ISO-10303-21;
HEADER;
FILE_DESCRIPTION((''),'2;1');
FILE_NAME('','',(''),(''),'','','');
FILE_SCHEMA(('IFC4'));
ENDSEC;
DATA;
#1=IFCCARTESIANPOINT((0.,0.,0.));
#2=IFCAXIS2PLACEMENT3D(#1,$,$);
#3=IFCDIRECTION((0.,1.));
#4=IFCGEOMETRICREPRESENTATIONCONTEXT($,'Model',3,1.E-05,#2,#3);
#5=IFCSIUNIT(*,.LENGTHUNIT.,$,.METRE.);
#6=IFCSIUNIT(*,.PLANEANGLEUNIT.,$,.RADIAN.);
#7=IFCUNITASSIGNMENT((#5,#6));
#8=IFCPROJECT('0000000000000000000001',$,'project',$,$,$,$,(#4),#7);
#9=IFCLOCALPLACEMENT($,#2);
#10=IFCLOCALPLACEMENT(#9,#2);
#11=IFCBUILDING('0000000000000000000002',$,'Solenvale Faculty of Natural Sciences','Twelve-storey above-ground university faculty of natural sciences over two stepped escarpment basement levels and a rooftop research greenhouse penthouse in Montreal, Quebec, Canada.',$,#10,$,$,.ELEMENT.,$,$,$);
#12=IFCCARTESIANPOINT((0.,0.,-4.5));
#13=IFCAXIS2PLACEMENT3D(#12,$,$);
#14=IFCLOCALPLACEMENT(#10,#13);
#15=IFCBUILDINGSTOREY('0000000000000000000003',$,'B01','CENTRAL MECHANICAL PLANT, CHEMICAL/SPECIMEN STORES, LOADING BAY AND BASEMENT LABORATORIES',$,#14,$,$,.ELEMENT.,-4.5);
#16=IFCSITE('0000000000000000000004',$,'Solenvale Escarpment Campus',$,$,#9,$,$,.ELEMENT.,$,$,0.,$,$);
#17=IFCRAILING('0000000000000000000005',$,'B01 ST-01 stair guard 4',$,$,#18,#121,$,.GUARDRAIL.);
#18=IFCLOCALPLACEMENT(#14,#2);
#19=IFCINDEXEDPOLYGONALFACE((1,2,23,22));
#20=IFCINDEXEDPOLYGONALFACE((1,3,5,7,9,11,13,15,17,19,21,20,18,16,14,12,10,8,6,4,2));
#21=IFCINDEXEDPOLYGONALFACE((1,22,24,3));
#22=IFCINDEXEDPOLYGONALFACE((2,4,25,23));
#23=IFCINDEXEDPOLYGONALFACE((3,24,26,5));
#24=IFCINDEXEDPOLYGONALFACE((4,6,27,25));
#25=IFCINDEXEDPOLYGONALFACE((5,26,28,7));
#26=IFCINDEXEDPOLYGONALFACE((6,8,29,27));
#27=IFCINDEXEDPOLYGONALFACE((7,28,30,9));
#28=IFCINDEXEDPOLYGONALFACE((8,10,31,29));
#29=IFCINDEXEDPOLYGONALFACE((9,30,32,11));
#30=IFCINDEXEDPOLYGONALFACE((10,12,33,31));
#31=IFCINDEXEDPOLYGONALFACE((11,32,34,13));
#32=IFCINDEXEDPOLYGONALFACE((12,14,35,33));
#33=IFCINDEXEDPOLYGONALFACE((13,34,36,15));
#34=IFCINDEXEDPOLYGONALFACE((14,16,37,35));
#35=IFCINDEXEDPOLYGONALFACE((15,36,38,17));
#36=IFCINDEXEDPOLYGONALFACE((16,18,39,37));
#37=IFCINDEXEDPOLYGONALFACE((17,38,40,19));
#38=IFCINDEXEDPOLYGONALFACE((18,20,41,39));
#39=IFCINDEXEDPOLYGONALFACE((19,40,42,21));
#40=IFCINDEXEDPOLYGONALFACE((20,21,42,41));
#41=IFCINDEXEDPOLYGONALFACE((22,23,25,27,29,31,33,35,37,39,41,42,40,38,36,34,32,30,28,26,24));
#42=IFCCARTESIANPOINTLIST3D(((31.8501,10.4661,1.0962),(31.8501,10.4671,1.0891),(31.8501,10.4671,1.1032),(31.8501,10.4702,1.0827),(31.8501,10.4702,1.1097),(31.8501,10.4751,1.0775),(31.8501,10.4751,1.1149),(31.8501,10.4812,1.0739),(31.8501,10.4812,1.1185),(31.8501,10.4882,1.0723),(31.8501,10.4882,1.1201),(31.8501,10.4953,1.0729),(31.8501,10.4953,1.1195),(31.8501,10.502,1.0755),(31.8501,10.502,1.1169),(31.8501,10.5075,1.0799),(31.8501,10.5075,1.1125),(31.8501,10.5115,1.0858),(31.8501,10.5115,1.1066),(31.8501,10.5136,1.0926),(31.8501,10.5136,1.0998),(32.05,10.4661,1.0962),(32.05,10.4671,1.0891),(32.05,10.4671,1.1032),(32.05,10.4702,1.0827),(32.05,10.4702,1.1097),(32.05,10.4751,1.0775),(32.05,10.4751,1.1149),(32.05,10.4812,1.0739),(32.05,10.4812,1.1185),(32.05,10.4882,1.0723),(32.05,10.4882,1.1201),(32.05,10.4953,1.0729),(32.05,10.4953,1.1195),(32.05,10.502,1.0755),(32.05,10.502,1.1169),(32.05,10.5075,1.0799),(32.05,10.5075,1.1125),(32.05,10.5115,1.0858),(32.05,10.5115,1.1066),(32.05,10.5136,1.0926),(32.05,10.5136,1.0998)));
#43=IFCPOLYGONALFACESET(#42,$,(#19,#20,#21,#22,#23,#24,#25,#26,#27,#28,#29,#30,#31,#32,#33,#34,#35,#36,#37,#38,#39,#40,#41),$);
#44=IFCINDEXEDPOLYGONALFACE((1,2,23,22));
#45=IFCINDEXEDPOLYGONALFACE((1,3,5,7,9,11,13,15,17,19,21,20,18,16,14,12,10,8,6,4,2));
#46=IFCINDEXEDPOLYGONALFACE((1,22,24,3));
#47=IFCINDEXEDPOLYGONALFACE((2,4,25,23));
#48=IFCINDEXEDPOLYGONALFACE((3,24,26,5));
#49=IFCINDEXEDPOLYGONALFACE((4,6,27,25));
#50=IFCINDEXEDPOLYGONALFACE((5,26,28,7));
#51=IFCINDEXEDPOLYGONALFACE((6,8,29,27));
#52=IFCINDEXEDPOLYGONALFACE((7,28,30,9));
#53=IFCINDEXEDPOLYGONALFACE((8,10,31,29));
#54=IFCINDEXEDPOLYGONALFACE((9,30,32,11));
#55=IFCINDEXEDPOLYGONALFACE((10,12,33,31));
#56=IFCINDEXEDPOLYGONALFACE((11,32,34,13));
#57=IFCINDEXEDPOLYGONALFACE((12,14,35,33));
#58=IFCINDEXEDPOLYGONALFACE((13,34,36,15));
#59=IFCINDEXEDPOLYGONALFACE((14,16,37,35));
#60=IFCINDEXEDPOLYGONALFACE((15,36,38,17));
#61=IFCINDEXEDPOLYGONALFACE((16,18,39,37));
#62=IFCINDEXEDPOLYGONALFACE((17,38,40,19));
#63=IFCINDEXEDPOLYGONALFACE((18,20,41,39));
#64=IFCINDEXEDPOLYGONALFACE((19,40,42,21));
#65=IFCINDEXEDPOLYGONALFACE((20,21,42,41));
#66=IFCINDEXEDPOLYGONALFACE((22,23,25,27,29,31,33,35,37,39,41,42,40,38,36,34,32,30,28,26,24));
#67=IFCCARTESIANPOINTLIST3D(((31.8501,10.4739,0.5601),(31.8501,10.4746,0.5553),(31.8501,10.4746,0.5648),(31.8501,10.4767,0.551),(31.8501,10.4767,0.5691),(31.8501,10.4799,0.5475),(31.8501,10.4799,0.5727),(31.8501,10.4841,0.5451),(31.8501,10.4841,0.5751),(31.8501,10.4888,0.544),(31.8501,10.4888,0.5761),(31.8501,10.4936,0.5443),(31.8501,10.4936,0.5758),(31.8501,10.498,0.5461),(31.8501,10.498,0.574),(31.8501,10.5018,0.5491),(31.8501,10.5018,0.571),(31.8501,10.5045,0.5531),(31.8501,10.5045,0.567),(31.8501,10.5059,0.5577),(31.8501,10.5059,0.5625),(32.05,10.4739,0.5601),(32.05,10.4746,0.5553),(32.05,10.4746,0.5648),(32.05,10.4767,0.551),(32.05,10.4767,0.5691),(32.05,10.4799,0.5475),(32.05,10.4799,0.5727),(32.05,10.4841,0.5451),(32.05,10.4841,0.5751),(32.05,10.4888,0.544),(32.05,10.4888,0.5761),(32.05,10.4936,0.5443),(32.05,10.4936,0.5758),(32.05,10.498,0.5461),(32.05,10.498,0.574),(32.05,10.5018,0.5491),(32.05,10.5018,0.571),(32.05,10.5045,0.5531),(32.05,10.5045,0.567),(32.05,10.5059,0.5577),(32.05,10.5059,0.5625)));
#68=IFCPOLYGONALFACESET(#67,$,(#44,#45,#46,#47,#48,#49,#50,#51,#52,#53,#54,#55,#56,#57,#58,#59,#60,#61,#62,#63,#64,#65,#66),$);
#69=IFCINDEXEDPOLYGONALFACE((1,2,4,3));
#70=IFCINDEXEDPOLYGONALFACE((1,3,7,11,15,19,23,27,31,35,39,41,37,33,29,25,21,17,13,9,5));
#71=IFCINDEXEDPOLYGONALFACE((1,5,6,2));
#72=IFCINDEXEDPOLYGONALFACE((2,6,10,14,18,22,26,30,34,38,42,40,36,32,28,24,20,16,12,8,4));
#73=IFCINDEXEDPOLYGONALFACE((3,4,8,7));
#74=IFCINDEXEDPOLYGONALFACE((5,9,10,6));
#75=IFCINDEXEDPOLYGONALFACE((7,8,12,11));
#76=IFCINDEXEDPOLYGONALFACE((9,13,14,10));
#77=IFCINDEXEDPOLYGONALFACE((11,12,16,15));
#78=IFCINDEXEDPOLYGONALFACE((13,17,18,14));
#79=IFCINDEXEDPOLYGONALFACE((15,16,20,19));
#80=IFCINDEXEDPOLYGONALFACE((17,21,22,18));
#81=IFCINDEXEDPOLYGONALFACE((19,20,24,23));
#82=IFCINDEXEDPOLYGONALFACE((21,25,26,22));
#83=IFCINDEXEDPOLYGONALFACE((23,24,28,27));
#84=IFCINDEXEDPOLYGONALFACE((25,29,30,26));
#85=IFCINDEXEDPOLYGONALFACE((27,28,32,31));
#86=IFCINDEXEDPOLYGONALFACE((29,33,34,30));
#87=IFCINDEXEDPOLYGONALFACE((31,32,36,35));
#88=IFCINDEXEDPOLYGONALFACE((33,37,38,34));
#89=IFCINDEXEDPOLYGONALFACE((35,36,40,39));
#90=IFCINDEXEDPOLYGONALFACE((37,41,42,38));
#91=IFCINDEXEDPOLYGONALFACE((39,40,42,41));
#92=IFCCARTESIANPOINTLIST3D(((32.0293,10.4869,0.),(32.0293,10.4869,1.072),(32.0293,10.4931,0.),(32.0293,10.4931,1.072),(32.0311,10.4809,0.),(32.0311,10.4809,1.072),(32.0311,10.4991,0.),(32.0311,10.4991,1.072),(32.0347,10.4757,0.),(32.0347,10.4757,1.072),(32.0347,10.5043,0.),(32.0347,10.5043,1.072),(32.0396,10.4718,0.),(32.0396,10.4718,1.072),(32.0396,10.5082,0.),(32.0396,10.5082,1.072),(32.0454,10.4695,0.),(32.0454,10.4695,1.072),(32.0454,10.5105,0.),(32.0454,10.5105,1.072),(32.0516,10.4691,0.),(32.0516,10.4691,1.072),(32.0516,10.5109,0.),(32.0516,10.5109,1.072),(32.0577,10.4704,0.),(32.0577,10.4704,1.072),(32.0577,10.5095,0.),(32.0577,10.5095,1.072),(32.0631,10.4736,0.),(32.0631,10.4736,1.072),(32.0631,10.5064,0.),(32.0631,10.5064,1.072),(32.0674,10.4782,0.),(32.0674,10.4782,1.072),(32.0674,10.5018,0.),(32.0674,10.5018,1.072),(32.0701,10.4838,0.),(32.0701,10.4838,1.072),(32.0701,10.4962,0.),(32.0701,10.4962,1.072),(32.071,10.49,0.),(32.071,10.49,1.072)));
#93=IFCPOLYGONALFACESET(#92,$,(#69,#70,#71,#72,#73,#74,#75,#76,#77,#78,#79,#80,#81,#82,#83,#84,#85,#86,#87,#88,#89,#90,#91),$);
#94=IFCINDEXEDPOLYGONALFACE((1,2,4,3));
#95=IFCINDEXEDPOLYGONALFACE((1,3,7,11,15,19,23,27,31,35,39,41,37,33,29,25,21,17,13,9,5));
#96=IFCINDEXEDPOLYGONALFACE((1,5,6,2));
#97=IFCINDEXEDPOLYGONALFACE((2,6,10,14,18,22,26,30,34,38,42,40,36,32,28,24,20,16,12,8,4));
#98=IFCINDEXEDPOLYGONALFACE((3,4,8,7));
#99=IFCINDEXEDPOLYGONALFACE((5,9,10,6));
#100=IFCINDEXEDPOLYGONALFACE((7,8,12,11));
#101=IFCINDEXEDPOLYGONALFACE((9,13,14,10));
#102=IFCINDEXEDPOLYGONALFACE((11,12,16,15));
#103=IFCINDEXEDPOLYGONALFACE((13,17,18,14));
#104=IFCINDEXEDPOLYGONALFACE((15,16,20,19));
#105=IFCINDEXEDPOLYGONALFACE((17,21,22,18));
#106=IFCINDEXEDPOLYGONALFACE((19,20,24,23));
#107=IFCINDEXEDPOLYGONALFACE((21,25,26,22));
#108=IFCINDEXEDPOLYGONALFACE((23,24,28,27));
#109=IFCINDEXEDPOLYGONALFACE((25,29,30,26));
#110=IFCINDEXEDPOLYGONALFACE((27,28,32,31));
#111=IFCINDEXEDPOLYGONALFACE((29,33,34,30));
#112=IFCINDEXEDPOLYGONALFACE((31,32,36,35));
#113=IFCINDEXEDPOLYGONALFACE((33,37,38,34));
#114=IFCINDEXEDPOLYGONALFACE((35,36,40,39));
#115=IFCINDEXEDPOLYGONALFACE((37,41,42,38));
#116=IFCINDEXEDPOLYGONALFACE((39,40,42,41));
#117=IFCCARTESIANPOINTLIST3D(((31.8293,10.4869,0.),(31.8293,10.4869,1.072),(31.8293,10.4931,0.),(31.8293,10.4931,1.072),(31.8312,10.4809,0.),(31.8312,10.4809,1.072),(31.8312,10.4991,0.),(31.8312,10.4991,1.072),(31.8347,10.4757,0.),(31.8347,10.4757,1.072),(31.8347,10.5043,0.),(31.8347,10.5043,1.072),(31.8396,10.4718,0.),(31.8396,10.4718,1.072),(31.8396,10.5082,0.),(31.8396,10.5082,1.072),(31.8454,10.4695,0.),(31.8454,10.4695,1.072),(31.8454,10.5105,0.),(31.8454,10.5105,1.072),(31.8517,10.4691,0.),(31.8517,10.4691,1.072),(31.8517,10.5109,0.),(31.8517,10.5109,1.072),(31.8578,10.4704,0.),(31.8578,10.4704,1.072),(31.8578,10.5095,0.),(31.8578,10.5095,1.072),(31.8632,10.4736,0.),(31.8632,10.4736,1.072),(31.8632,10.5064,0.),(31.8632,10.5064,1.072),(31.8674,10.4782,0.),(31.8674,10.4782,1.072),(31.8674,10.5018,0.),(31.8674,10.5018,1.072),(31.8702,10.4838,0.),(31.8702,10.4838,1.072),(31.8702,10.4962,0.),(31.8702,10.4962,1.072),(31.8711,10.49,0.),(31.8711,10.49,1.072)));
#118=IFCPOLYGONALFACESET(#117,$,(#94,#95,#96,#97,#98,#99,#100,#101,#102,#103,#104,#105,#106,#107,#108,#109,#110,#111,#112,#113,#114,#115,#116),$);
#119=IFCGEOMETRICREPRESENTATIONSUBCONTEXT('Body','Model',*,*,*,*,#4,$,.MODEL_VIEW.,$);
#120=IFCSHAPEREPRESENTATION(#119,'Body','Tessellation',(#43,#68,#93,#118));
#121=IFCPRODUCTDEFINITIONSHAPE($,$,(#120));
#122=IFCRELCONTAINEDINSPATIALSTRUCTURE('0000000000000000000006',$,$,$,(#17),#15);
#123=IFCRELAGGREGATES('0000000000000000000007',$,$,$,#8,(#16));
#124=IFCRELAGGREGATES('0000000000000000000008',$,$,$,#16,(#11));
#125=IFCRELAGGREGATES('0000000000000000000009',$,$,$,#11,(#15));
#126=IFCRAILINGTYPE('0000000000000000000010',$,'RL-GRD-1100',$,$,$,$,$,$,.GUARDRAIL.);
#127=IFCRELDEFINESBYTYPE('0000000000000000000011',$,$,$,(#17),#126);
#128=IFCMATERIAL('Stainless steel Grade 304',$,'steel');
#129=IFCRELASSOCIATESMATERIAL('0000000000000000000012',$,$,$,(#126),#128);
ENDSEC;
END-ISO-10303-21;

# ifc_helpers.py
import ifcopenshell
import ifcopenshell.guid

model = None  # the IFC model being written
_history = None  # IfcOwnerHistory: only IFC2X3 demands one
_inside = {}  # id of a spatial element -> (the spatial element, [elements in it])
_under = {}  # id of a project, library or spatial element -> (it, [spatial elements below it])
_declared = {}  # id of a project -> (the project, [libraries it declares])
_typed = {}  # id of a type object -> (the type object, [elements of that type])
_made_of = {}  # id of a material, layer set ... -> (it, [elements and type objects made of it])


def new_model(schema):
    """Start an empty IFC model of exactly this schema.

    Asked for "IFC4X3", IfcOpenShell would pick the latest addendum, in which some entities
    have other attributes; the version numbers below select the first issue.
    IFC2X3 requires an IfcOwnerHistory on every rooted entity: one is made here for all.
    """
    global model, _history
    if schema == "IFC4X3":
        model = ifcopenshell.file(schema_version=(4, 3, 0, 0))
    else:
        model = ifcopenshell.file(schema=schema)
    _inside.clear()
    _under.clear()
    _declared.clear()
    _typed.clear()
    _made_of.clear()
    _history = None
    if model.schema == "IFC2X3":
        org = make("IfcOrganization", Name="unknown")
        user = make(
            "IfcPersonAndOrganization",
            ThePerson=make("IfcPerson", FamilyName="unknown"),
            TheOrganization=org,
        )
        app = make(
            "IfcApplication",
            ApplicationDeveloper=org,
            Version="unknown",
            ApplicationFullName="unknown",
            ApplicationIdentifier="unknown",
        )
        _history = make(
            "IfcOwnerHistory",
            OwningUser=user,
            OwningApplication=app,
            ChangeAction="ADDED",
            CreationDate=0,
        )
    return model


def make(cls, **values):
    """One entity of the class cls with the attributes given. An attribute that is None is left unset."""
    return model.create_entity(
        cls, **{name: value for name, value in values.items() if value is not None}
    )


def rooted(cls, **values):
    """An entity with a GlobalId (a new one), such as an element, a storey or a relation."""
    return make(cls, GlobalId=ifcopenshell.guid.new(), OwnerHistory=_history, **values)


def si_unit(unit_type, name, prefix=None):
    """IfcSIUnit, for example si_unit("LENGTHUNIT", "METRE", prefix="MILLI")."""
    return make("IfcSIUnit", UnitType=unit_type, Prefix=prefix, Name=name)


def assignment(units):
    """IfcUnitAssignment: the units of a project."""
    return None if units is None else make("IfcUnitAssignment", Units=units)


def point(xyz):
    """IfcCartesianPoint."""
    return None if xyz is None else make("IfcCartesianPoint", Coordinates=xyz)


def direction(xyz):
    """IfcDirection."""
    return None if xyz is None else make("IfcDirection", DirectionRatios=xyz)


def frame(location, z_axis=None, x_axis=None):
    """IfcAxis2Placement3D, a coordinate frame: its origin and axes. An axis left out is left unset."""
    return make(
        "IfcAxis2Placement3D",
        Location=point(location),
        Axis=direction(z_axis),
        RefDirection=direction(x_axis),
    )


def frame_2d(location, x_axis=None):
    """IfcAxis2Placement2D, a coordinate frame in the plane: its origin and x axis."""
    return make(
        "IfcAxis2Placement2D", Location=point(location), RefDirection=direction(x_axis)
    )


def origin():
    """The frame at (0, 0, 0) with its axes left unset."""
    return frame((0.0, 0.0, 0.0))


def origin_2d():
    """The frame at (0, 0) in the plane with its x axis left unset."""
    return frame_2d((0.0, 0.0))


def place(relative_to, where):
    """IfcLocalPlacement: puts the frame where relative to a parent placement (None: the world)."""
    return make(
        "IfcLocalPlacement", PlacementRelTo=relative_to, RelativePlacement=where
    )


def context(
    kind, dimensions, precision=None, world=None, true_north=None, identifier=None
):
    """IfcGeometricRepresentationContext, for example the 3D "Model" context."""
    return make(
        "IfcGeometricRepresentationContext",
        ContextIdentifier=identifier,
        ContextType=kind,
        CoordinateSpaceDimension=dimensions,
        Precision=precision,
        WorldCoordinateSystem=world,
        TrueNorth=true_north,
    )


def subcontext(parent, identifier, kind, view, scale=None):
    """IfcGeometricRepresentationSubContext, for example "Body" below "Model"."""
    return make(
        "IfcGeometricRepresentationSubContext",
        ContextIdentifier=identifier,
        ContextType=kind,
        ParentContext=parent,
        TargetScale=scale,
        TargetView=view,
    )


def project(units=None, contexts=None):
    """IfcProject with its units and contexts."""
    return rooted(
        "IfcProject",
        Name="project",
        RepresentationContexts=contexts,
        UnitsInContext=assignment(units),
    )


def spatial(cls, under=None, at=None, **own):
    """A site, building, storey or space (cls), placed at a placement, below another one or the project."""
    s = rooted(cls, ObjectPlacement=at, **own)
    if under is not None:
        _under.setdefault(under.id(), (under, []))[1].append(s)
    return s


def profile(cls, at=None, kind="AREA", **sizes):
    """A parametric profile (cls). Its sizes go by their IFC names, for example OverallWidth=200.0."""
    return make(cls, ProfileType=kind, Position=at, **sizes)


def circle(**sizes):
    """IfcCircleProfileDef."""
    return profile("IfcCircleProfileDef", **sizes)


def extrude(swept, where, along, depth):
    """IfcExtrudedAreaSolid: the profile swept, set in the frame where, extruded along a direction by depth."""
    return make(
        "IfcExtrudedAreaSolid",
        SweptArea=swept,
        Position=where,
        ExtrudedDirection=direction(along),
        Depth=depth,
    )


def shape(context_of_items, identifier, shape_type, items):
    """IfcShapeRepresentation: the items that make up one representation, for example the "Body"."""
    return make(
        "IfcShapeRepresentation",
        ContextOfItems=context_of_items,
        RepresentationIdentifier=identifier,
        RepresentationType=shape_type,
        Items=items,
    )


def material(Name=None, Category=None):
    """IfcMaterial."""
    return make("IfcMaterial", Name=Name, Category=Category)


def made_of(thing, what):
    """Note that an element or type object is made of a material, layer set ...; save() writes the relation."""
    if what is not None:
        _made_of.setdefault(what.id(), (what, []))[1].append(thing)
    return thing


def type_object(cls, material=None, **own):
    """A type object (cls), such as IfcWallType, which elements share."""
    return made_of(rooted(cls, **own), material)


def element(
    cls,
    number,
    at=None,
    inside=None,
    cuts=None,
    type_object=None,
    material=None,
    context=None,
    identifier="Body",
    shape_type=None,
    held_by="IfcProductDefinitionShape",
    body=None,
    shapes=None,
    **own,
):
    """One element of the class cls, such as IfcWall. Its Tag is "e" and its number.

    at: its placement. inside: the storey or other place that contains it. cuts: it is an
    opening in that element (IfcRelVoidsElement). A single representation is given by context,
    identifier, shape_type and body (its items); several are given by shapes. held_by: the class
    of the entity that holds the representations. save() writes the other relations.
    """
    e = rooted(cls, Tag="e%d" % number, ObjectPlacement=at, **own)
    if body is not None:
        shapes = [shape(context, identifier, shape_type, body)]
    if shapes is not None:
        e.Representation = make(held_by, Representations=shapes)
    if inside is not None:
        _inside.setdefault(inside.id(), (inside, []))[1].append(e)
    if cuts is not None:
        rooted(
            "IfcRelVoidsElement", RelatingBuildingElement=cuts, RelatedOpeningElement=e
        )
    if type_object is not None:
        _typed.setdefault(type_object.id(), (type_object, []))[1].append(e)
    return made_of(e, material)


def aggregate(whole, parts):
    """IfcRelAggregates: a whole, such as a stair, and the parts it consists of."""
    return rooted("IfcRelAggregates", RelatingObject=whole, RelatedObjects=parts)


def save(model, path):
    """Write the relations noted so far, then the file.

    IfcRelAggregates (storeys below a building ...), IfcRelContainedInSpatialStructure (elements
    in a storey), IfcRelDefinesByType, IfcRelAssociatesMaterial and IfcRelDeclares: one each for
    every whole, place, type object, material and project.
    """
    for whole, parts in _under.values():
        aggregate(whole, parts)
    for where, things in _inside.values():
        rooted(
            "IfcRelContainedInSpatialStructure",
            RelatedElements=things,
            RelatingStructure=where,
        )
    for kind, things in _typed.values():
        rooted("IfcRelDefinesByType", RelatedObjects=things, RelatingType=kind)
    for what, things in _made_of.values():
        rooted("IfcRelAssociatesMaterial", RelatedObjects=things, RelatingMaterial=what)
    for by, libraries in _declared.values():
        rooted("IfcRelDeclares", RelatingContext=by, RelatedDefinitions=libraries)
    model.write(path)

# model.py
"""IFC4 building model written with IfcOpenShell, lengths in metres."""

from ifc_helpers import new_model, si_unit, direction, frame, origin, origin_2d, place, context, subcontext, project, spatial, circle, extrude, material, type_object, element, save


model = new_model("IFC4")

# Units and contexts
model_context = context("Model", 3, precision=1e-05, world=origin(), true_north=direction((0.0, 1.0)))
body_context = subcontext(model_context, "Body", "Model", "MODEL_VIEW")
ifc_project = project(units=[si_unit("LENGTHUNIT", "METRE"), si_unit("PLANEANGLEUNIT", "RADIAN")], contexts=[model_context])

# Site, building, storey
site_placement = place(None, origin())
site = spatial("IfcSite", under=ifc_project, at=site_placement, Name="Solenvale Escarpment Campus", CompositionType="ELEMENT", RefElevation=0.0)
building_placement = place(site_placement, origin())
building = spatial("IfcBuilding", under=site, at=building_placement, Name="Solenvale Faculty of Natural Sciences", Description="Twelve-storey above-ground university faculty of natural sciences over two stepped escarpment basement levels and a rooftop research greenhouse penthouse in Montreal, Quebec, Canada.", CompositionType="ELEMENT")
storey_placement = place(building_placement, frame((0.0, 0.0, -4.5)))
storey = spatial("IfcBuildingStorey", under=building, at=storey_placement, Name="B01", Description="CENTRAL MECHANICAL PLANT, CHEMICAL/SPECIMEN STORES, LOADING BAY AND BASEMENT LABORATORIES", CompositionType="ELEMENT", Elevation=-4.5)

# Railing
ifc_material_1 = material(Name="Stainless steel Grade 304", Category="steel")
railing_type_1 = type_object("IfcRailingType", Name="RL-GRD-1100", PredefinedType="GUARDRAIL", material=ifc_material_1)
railing_1_placement = place(storey_placement, frame((32.05, 10.49, 0.0)))
element("IfcRailing", 1, at=railing_1_placement, inside=storey, type_object=railing_type_1, Name="B01 ST-01 stair guard 4", PredefinedType="GUARDRAIL", context=body_context, shape_type="SweptSolid", body=[
    extrude(circle(Radius=0.0239, at=origin_2d()), frame((0.0, 0.0, 1.0962), z_axis=(-1.0, 0.0, 0.0), x_axis=(0.0, -1.0, 0.0)), (0.0, 0.0, 1.0), 0.2),
    extrude(circle(Radius=0.0161, at=origin_2d()), frame((0.0, 0.0, 0.5601), z_axis=(-1.0, 0.0, 0.0), x_axis=(0.0, -1.0, 0.0)), (0.0, 0.0, 1.0), 0.2),
    extrude(circle(Radius=0.021, at=origin_2d()), origin(), (0.0, 0.0, 1.0), 1.072),
    extrude(circle(Radius=0.021, at=origin_2d()), frame((-0.2, 0.0, 0.0)), (0.0, 0.0, 1.0), 1.072),
])

save(model, "model.ifc")
